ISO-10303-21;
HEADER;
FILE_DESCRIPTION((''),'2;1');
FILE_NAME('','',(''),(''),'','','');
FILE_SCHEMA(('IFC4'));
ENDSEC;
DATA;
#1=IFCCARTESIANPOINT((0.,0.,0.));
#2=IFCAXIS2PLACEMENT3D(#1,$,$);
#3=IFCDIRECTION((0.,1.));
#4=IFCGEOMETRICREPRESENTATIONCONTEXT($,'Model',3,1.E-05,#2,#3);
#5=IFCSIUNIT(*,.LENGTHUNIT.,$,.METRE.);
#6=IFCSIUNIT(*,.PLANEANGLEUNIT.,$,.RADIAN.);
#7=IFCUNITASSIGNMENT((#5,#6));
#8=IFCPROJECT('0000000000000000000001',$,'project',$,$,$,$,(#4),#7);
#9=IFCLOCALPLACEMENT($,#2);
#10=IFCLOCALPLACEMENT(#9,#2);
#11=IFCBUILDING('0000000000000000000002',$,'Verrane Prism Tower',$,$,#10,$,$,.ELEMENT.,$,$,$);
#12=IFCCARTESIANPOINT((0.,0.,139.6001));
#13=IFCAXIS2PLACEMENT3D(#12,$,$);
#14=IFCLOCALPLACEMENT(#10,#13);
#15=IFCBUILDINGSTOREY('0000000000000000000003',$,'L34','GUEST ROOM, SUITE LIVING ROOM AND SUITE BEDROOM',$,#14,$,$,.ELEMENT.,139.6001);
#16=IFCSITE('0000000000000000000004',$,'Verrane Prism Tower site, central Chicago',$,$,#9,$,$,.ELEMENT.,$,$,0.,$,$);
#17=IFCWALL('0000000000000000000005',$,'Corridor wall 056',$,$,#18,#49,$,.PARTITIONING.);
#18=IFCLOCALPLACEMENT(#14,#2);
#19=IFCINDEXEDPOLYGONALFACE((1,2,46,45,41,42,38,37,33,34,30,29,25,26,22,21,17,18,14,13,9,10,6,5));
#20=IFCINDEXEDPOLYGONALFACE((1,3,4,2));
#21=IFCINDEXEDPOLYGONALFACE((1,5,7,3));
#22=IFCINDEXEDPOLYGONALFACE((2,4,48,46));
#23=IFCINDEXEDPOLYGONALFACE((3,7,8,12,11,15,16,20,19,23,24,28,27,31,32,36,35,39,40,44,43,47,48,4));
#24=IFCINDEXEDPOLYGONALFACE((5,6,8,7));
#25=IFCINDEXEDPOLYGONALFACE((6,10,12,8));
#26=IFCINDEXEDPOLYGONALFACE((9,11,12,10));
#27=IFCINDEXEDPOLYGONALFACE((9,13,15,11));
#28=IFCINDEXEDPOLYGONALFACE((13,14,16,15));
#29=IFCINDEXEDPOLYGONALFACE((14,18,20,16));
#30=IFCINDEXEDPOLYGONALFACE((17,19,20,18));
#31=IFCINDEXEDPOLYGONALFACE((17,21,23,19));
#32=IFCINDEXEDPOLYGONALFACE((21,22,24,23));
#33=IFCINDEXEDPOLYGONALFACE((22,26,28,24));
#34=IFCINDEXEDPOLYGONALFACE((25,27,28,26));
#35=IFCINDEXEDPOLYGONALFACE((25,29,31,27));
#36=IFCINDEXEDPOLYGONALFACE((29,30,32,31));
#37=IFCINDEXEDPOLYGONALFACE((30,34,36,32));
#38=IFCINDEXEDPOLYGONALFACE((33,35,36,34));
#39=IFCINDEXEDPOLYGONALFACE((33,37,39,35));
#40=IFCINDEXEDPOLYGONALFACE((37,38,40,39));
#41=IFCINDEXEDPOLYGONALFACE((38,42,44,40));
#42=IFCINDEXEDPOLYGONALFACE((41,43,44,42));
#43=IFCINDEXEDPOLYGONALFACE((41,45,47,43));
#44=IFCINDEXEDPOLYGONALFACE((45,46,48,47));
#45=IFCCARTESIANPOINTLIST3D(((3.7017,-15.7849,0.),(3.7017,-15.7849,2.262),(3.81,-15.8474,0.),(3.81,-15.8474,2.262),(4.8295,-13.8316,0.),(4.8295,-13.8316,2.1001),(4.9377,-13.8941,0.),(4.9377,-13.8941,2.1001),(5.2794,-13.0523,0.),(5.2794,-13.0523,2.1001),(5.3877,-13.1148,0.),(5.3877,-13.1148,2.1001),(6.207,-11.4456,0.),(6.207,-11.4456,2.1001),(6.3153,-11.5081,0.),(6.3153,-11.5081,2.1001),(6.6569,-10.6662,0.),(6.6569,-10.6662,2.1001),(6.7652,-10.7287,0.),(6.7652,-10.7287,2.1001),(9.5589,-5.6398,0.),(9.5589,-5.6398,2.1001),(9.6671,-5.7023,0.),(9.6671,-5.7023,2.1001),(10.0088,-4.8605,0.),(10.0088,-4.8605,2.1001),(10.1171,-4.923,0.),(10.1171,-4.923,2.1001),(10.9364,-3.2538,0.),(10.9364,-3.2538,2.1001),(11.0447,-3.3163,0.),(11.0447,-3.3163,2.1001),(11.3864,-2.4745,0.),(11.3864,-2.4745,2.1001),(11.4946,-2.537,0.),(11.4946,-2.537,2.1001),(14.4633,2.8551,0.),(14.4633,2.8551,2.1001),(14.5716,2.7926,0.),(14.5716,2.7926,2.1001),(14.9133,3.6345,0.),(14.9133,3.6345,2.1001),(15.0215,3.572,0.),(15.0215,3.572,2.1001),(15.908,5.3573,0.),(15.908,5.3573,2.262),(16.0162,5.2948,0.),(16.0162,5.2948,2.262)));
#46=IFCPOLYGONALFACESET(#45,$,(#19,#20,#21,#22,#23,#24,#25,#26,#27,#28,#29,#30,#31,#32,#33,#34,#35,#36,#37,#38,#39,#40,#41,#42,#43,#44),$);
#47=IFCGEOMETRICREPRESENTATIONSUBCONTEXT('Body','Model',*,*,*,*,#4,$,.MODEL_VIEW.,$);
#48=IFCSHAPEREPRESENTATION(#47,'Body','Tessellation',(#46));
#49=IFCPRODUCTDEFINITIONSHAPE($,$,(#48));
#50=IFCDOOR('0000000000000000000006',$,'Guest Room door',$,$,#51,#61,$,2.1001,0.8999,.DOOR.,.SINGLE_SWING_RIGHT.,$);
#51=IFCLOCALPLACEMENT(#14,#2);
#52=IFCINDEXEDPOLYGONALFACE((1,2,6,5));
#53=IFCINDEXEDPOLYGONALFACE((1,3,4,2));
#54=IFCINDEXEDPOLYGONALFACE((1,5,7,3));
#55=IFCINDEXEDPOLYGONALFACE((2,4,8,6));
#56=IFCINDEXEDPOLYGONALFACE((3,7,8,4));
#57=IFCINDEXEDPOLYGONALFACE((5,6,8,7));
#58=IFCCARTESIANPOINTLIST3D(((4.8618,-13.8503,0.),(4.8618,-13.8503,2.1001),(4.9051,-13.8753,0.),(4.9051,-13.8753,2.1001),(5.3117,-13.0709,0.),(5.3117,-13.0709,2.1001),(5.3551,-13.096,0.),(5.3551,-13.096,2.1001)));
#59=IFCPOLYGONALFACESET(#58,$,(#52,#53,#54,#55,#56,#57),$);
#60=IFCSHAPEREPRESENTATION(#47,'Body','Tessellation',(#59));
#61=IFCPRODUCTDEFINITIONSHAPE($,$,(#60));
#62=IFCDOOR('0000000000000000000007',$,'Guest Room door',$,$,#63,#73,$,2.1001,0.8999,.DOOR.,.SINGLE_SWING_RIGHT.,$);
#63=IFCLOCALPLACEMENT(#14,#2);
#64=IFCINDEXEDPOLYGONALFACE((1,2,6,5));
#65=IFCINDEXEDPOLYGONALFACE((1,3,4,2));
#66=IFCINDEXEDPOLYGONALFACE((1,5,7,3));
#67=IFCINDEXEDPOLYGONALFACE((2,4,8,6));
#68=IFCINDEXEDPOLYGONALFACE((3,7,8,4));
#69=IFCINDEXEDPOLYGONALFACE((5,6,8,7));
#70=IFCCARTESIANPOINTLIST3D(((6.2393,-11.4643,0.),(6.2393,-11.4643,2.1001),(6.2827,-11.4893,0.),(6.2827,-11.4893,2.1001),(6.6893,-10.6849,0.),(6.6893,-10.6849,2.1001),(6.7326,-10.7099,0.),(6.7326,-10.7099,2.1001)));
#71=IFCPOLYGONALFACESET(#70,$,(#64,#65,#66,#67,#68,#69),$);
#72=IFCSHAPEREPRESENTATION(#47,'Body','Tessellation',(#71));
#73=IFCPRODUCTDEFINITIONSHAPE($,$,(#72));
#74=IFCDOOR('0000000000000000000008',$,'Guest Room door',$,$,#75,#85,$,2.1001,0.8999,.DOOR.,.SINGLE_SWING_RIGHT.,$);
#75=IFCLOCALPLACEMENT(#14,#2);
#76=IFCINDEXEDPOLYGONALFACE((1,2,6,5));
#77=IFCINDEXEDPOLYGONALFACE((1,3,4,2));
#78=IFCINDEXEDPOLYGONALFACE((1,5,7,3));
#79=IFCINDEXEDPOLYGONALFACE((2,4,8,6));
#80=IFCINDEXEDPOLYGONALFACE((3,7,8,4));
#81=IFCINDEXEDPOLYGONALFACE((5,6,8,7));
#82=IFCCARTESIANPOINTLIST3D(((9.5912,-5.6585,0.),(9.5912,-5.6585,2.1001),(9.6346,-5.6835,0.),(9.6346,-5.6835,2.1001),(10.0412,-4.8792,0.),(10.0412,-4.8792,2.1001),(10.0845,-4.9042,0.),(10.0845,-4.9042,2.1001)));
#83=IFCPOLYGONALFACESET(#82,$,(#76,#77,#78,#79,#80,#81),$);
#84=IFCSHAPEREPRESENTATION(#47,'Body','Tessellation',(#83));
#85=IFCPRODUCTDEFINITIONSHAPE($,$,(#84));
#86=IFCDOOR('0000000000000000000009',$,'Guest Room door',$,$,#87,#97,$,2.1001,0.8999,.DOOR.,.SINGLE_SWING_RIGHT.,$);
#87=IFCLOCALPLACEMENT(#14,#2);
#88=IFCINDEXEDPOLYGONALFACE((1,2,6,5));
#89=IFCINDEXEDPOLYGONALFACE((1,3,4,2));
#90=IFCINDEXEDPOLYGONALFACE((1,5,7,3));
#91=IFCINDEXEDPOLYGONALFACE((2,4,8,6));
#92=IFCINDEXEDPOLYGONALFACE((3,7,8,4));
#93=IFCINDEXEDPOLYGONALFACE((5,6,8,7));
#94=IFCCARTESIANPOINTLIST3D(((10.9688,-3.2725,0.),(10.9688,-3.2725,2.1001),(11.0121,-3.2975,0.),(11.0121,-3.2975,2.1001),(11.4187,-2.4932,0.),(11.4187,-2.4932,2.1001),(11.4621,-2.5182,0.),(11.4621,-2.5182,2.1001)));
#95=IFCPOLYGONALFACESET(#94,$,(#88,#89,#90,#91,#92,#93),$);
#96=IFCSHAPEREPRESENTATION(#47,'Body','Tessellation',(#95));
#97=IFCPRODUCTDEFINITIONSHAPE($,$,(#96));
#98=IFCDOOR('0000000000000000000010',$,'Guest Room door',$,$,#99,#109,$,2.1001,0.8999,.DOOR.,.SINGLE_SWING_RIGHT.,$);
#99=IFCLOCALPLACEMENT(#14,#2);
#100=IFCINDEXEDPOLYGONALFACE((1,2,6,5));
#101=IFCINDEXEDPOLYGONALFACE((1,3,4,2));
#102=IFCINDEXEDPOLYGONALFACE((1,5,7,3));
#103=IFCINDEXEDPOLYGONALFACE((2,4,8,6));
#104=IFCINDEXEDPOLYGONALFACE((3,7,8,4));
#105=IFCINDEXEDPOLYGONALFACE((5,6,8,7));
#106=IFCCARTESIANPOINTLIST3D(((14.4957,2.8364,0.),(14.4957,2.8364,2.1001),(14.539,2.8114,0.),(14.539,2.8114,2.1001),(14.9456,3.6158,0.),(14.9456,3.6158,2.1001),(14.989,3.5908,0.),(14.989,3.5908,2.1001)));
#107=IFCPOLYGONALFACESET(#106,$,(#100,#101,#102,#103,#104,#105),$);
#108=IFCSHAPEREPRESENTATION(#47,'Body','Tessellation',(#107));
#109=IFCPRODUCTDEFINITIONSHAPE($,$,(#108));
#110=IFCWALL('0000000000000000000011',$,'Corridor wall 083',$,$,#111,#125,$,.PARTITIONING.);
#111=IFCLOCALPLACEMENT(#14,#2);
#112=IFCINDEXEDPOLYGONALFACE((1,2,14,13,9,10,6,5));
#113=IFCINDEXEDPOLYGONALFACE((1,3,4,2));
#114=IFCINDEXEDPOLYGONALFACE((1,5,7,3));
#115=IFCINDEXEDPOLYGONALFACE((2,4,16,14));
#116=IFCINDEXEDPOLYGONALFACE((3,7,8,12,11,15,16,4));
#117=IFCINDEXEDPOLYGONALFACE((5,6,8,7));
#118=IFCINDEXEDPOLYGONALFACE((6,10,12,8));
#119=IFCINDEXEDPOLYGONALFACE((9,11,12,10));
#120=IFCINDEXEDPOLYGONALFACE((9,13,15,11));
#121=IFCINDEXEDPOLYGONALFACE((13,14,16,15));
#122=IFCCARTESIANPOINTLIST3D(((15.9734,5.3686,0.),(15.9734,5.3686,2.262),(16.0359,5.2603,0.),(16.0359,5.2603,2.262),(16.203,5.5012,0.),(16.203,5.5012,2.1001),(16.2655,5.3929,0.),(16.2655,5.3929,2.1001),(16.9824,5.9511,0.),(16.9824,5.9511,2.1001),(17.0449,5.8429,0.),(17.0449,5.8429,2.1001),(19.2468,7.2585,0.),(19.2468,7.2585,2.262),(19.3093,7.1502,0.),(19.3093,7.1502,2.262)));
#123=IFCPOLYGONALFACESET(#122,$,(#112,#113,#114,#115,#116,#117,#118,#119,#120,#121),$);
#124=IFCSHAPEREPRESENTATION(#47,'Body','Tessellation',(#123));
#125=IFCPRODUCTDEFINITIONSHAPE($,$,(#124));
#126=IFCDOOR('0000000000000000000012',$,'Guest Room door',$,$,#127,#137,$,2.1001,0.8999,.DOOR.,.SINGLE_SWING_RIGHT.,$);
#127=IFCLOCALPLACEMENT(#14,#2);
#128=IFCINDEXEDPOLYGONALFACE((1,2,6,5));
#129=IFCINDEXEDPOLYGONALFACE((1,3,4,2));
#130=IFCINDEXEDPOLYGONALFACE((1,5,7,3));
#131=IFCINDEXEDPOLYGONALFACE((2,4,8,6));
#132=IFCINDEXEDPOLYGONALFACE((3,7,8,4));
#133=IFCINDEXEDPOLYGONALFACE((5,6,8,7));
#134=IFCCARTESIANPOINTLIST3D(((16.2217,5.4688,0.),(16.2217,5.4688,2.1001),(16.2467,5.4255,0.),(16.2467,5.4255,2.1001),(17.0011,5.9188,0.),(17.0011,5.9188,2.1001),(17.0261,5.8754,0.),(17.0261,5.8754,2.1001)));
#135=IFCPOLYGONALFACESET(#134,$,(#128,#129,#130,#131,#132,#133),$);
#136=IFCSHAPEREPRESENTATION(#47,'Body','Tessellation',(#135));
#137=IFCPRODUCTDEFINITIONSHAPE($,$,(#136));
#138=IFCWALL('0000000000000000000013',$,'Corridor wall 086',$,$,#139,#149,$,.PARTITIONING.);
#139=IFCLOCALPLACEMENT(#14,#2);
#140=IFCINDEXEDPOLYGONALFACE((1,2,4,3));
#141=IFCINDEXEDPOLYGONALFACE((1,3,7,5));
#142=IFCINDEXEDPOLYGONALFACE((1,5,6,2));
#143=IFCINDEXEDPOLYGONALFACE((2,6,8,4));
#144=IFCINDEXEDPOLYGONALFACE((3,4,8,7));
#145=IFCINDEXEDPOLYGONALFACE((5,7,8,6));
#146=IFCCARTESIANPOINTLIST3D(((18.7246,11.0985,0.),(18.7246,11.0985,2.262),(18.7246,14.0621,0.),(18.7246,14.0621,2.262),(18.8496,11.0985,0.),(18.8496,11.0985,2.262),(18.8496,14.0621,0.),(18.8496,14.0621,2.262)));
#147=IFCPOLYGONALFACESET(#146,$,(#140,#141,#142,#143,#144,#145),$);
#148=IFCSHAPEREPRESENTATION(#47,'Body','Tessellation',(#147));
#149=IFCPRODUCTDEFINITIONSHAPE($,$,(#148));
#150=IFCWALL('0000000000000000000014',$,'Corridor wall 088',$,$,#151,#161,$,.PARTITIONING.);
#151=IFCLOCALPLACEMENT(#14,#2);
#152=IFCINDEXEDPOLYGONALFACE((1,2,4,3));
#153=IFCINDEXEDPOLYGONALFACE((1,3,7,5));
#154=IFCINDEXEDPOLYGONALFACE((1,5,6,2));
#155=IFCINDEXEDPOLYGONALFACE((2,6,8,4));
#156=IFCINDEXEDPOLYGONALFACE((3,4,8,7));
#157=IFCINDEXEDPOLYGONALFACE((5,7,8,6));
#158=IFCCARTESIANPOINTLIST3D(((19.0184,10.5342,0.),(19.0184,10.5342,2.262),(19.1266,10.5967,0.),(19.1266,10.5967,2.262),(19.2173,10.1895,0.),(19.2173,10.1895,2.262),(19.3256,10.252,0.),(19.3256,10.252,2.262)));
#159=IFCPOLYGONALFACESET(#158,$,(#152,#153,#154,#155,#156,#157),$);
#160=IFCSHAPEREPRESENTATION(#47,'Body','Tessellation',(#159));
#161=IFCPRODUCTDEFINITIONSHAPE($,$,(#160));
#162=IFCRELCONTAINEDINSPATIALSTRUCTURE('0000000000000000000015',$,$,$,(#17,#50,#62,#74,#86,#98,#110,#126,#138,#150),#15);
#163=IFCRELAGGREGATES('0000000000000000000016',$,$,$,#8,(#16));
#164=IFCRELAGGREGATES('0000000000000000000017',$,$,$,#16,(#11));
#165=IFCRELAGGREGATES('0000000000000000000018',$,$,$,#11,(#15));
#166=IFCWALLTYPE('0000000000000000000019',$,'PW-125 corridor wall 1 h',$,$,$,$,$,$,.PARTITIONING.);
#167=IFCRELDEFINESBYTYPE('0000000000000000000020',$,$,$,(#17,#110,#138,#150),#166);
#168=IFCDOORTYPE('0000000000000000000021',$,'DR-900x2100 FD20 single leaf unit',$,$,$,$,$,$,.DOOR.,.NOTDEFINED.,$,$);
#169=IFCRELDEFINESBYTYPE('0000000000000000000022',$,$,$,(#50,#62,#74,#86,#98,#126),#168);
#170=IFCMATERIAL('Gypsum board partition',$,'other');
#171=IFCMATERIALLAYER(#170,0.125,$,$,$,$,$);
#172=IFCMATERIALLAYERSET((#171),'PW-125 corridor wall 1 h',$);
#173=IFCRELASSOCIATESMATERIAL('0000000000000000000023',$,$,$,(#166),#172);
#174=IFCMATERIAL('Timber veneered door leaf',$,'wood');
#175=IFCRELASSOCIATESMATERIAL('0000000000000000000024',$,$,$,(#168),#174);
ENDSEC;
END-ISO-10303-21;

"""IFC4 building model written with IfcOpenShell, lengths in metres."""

from ifc_helpers import new_model, si_unit, direction, frame, frame_2d, origin, place, context, subcontext, project, spatial, rectangle, extrude, material, layer, layer_set, type_object, element, fill, save


model = new_model("IFC4")

# Units and contexts
model_context = context("Model", 3, precision=1e-05, world=origin(), true_north=direction((0.0, 1.0)))
body_context = subcontext(model_context, "Body", "Model", "MODEL_VIEW")
ifc_project = project(units=[si_unit("LENGTHUNIT", "METRE"), si_unit("PLANEANGLEUNIT", "RADIAN")], contexts=[model_context])

# Site, building, storey
site_placement = place(None, origin())
site = spatial("IfcSite", under=ifc_project, at=site_placement, Name="Verrane Prism Tower site, central Chicago", CompositionType="ELEMENT", RefElevation=0.0)
building_placement = place(site_placement, origin())
building = spatial("IfcBuilding", under=site, at=building_placement, Name="Verrane Prism Tower", CompositionType="ELEMENT")
storey_placement = place(building_placement, frame((0.0, 0.0, 139.6001)))
storey = spatial("IfcBuildingStorey", under=building, at=storey_placement, Name="L34", Description="GUEST ROOM, SUITE LIVING ROOM AND SUITE BEDROOM", CompositionType="ELEMENT", Elevation=139.6001)

# Wall, openings, doors
ifc_material_1 = material(Name="Gypsum board partition", Category="other")
ifc_layer_1 = layer(ifc_material_1, 0.125)
ifc_layer_set_1 = layer_set([ifc_layer_1], Name="PW-125 corridor wall 1 h")
wall_type_1 = type_object("IfcWallType", Name="PW-125 corridor wall 1 h", PredefinedType="PARTITIONING", material=ifc_layer_set_1)
wall_1_placement = place(storey_placement, frame((15.9622, 5.3262, 0.0), z_axis=(0.0, 0.0, 1.0), x_axis=(-0.499993, -0.86603, 0.0)))
wall_1 = element("IfcWall", 1, at=wall_1_placement, inside=storey, type_object=wall_type_1, Name="Corridor wall 056", PredefinedType="PARTITIONING", context=body_context, shape_type="SweptSolid", body=[
    extrude(rectangle(XDim=24.4128, YDim=0.125, at=frame_2d((12.2065, 0.0))), origin(), (0.0, 0.0, 1.0), 2.262),
])
opening_1_placement = place(wall_1_placement, frame((21.2576, 0.0, 0.0)))
opening_1 = element("IfcOpeningElement", 2, at=opening_1_placement, cuts=wall_1, PredefinedType="OPENING", context=body_context, shape_type="SweptSolid", body=[
    extrude(rectangle(XDim=0.8999, YDim=2.1001, at=frame_2d((0.45, 1.05))), frame((0.0, 0.0725, 0.0), z_axis=(0.0, -1.0, 0.0), x_axis=(1.0, 0.0, 0.0)), (0.0, 0.0, 1.0), 0.145),
])
opening_2_placement = place(wall_1_placement, frame((18.5024, 0.0, 0.0)))
opening_2 = element("IfcOpeningElement", 3, at=opening_2_placement, cuts=wall_1, PredefinedType="OPENING", context=body_context, shape_type="SweptSolid", body=[
    extrude(rectangle(XDim=0.8999, YDim=2.1001, at=frame_2d((0.45, 1.05))), frame((0.0, 0.0725, 0.0), z_axis=(0.0, -1.0, 0.0), x_axis=(1.0, 0.0, 0.0)), (0.0, 0.0, 1.0), 0.145),
])
opening_3_placement = place(wall_1_placement, frame((11.7986, 0.0, 0.0)))
opening_3 = element("IfcOpeningElement", 4, at=opening_3_placement, cuts=wall_1, PredefinedType="OPENING", context=body_context, shape_type="SweptSolid", body=[
    extrude(rectangle(XDim=0.8999, YDim=2.1001, at=frame_2d((0.45, 1.05))), frame((0.0, 0.0725, 0.0), z_axis=(0.0, -1.0, 0.0), x_axis=(1.0, 0.0, 0.0)), (0.0, 0.0, 1.0), 0.145),
])
opening_4_placement = place(wall_1_placement, frame((9.0435, 0.0, 0.0)))
opening_4 = element("IfcOpeningElement", 5, at=opening_4_placement, cuts=wall_1, PredefinedType="OPENING", context=body_context, shape_type="SweptSolid", body=[
    extrude(rectangle(XDim=0.8999, YDim=2.1001, at=frame_2d((0.45, 1.05))), frame((0.0, 0.0725, 0.0), z_axis=(0.0, -1.0, 0.0), x_axis=(1.0, 0.0, 0.0)), (0.0, 0.0, 1.0), 0.145),
])
opening_5_placement = place(wall_1_placement, frame((1.9895, 0.0, 0.0)))
opening_5 = element("IfcOpeningElement", 6, at=opening_5_placement, cuts=wall_1, PredefinedType="OPENING", context=body_context, shape_type="SweptSolid", body=[
    extrude(rectangle(XDim=0.8999, YDim=2.1001, at=frame_2d((0.45, 1.05))), frame((0.0, 0.0725, 0.0), z_axis=(0.0, -1.0, 0.0), x_axis=(1.0, 0.0, 0.0)), (0.0, 0.0, 1.0), 0.145),
])
ifc_material_2 = material(Name="Timber veneered door leaf", Category="wood")
door_type_1 = type_object("IfcDoorType", Name="DR-900x2100 FD20 single leaf unit", OperationType="NOTDEFINED", PredefinedType="DOOR", material=ifc_material_2)
door_1_placement = place(opening_1_placement, origin())
door_1 = element("IfcDoor", 7, at=door_1_placement, inside=storey, type_object=door_type_1, Name="Guest Room door", OperationType="SINGLE_SWING_RIGHT", OverallHeight=2.1001, OverallWidth=0.8999, PredefinedType="DOOR", context=body_context, shape_type="SweptSolid", body=[
    extrude(rectangle(XDim=0.8999, YDim=2.1001, at=frame_2d((0.45, 1.05))), frame((0.0, 0.0249, 0.0), z_axis=(0.0, -1.0, 0.0), x_axis=(1.0, 0.0, 0.0)), (0.0, 0.0, 1.0), 0.05),
])
fill(opening_1, door_1)
door_2_placement = place(opening_2_placement, origin())
door_2 = element("IfcDoor", 8, at=door_2_placement, inside=storey, type_object=door_type_1, Name="Guest Room door", OperationType="SINGLE_SWING_RIGHT", OverallHeight=2.1001, OverallWidth=0.8999, PredefinedType="DOOR", context=body_context, shape_type="SweptSolid", body=[
    extrude(rectangle(XDim=0.8999, YDim=2.1001, at=frame_2d((0.45, 1.05))), frame((0.0, 0.0249, 0.0), z_axis=(0.0, -1.0, 0.0), x_axis=(1.0, 0.0, 0.0)), (0.0, 0.0, 1.0), 0.05),
])
fill(opening_2, door_2)
door_3_placement = place(opening_3_placement, origin())
door_3 = element("IfcDoor", 9, at=door_3_placement, inside=storey, type_object=door_type_1, Name="Guest Room door", OperationType="SINGLE_SWING_RIGHT", OverallHeight=2.1001, OverallWidth=0.8999, PredefinedType="DOOR", context=body_context, shape_type="SweptSolid", body=[
    extrude(rectangle(XDim=0.8999, YDim=2.1001, at=frame_2d((0.45, 1.05))), frame((0.0, 0.0249, 0.0), z_axis=(0.0, -1.0, 0.0), x_axis=(1.0, 0.0, 0.0)), (0.0, 0.0, 1.0), 0.05),
])
fill(opening_3, door_3)
door_4_placement = place(opening_4_placement, origin())
door_4 = element("IfcDoor", 10, at=door_4_placement, inside=storey, type_object=door_type_1, Name="Guest Room door", OperationType="SINGLE_SWING_RIGHT", OverallHeight=2.1001, OverallWidth=0.8999, PredefinedType="DOOR", context=body_context, shape_type="SweptSolid", body=[
    extrude(rectangle(XDim=0.8999, YDim=2.1001, at=frame_2d((0.45, 1.05))), frame((0.0, 0.0249, 0.0), z_axis=(0.0, -1.0, 0.0), x_axis=(1.0, 0.0, 0.0)), (0.0, 0.0, 1.0), 0.05),
])
fill(opening_4, door_4)
door_5_placement = place(opening_5_placement, origin())
door_5 = element("IfcDoor", 11, at=door_5_placement, inside=storey, type_object=door_type_1, Name="Guest Room door", OperationType="SINGLE_SWING_RIGHT", OverallHeight=2.1001, OverallWidth=0.8999, PredefinedType="DOOR", context=body_context, shape_type="SweptSolid", body=[
    extrude(rectangle(XDim=0.8999, YDim=2.1001, at=frame_2d((0.45, 1.05))), frame((0.0, 0.0249, 0.0), z_axis=(0.0, -1.0, 0.0), x_axis=(1.0, 0.0, 0.0)), (0.0, 0.0, 1.0), 0.05),
])
fill(opening_5, door_5)

# Wall, opening, door
wall_2_placement = place(storey_placement, frame((19.2781, 7.2043, 0.0), z_axis=(0.0, 0.0, 1.0), x_axis=(-0.866029, -0.499995, 0.0)))
wall_2 = element("IfcWall", 12, at=wall_2_placement, inside=storey, type_object=wall_type_1, Name="Corridor wall 083", PredefinedType="PARTITIONING", context=body_context, shape_type="SweptSolid", body=[
    extrude(rectangle(XDim=3.7798, YDim=0.125, at=frame_2d((1.8899, 0.0))), origin(), (0.0, 0.0, 1.0), 2.262),
])
opening_6_placement = place(wall_2_placement, frame((2.6147, 0.0, 0.0)))
opening_6 = element("IfcOpeningElement", 13, at=opening_6_placement, cuts=wall_2, PredefinedType="OPENING", context=body_context, shape_type="SweptSolid", body=[
    extrude(rectangle(XDim=0.8999, YDim=2.1001, at=frame_2d((0.45, 1.05))), frame((0.0, 0.0725, 0.0), z_axis=(0.0, -1.0, 0.0), x_axis=(1.0, 0.0, 0.0)), (0.0, 0.0, 1.0), 0.145),
])
door_6_placement = place(opening_6_placement, origin())
door_6 = element("IfcDoor", 14, at=door_6_placement, inside=storey, type_object=door_type_1, Name="Guest Room door", OperationType="SINGLE_SWING_RIGHT", OverallHeight=2.1001, OverallWidth=0.8999, PredefinedType="DOOR", context=body_context, shape_type="SweptSolid", body=[
    extrude(rectangle(XDim=0.8999, YDim=2.1001, at=frame_2d((0.45, 1.05))), frame((0.0, 0.0249, 0.0), z_axis=(0.0, -1.0, 0.0), x_axis=(1.0, 0.0, 0.0)), (0.0, 0.0, 1.0), 0.05),
])
fill(opening_6, door_6)

# Walls
wall_3_placement = place(storey_placement, frame((18.7871, 11.0984, 0.0), z_axis=(0.0, 0.0, 1.0), x_axis=(0.0, 1.0, 0.0)))
element("IfcWall", 15, at=wall_3_placement, inside=storey, type_object=wall_type_1, Name="Corridor wall 086", PredefinedType="PARTITIONING", context=body_context, shape_type="SweptSolid", body=[
    extrude(rectangle(XDim=2.9636, YDim=0.125, at=frame_2d((1.4819, 0.0))), origin(), (0.0, 0.0, 1.0), 2.262),
])
wall_4_placement = place(storey_placement, frame((19.0725, 10.5654, 0.0), z_axis=(0.0, 0.0, 1.0), x_axis=(0.499899, -0.866083, 0.0)))
element("IfcWall", 16, at=wall_4_placement, inside=storey, type_object=wall_type_1, Name="Corridor wall 088", PredefinedType="PARTITIONING", context=body_context, shape_type="SweptSolid", body=[
    extrude(rectangle(XDim=0.3979, YDim=0.125, at=frame_2d((0.199, 0.0))), origin(), (0.0, 0.0, 1.0), 2.262),
])

save(model, "model.ifc")
